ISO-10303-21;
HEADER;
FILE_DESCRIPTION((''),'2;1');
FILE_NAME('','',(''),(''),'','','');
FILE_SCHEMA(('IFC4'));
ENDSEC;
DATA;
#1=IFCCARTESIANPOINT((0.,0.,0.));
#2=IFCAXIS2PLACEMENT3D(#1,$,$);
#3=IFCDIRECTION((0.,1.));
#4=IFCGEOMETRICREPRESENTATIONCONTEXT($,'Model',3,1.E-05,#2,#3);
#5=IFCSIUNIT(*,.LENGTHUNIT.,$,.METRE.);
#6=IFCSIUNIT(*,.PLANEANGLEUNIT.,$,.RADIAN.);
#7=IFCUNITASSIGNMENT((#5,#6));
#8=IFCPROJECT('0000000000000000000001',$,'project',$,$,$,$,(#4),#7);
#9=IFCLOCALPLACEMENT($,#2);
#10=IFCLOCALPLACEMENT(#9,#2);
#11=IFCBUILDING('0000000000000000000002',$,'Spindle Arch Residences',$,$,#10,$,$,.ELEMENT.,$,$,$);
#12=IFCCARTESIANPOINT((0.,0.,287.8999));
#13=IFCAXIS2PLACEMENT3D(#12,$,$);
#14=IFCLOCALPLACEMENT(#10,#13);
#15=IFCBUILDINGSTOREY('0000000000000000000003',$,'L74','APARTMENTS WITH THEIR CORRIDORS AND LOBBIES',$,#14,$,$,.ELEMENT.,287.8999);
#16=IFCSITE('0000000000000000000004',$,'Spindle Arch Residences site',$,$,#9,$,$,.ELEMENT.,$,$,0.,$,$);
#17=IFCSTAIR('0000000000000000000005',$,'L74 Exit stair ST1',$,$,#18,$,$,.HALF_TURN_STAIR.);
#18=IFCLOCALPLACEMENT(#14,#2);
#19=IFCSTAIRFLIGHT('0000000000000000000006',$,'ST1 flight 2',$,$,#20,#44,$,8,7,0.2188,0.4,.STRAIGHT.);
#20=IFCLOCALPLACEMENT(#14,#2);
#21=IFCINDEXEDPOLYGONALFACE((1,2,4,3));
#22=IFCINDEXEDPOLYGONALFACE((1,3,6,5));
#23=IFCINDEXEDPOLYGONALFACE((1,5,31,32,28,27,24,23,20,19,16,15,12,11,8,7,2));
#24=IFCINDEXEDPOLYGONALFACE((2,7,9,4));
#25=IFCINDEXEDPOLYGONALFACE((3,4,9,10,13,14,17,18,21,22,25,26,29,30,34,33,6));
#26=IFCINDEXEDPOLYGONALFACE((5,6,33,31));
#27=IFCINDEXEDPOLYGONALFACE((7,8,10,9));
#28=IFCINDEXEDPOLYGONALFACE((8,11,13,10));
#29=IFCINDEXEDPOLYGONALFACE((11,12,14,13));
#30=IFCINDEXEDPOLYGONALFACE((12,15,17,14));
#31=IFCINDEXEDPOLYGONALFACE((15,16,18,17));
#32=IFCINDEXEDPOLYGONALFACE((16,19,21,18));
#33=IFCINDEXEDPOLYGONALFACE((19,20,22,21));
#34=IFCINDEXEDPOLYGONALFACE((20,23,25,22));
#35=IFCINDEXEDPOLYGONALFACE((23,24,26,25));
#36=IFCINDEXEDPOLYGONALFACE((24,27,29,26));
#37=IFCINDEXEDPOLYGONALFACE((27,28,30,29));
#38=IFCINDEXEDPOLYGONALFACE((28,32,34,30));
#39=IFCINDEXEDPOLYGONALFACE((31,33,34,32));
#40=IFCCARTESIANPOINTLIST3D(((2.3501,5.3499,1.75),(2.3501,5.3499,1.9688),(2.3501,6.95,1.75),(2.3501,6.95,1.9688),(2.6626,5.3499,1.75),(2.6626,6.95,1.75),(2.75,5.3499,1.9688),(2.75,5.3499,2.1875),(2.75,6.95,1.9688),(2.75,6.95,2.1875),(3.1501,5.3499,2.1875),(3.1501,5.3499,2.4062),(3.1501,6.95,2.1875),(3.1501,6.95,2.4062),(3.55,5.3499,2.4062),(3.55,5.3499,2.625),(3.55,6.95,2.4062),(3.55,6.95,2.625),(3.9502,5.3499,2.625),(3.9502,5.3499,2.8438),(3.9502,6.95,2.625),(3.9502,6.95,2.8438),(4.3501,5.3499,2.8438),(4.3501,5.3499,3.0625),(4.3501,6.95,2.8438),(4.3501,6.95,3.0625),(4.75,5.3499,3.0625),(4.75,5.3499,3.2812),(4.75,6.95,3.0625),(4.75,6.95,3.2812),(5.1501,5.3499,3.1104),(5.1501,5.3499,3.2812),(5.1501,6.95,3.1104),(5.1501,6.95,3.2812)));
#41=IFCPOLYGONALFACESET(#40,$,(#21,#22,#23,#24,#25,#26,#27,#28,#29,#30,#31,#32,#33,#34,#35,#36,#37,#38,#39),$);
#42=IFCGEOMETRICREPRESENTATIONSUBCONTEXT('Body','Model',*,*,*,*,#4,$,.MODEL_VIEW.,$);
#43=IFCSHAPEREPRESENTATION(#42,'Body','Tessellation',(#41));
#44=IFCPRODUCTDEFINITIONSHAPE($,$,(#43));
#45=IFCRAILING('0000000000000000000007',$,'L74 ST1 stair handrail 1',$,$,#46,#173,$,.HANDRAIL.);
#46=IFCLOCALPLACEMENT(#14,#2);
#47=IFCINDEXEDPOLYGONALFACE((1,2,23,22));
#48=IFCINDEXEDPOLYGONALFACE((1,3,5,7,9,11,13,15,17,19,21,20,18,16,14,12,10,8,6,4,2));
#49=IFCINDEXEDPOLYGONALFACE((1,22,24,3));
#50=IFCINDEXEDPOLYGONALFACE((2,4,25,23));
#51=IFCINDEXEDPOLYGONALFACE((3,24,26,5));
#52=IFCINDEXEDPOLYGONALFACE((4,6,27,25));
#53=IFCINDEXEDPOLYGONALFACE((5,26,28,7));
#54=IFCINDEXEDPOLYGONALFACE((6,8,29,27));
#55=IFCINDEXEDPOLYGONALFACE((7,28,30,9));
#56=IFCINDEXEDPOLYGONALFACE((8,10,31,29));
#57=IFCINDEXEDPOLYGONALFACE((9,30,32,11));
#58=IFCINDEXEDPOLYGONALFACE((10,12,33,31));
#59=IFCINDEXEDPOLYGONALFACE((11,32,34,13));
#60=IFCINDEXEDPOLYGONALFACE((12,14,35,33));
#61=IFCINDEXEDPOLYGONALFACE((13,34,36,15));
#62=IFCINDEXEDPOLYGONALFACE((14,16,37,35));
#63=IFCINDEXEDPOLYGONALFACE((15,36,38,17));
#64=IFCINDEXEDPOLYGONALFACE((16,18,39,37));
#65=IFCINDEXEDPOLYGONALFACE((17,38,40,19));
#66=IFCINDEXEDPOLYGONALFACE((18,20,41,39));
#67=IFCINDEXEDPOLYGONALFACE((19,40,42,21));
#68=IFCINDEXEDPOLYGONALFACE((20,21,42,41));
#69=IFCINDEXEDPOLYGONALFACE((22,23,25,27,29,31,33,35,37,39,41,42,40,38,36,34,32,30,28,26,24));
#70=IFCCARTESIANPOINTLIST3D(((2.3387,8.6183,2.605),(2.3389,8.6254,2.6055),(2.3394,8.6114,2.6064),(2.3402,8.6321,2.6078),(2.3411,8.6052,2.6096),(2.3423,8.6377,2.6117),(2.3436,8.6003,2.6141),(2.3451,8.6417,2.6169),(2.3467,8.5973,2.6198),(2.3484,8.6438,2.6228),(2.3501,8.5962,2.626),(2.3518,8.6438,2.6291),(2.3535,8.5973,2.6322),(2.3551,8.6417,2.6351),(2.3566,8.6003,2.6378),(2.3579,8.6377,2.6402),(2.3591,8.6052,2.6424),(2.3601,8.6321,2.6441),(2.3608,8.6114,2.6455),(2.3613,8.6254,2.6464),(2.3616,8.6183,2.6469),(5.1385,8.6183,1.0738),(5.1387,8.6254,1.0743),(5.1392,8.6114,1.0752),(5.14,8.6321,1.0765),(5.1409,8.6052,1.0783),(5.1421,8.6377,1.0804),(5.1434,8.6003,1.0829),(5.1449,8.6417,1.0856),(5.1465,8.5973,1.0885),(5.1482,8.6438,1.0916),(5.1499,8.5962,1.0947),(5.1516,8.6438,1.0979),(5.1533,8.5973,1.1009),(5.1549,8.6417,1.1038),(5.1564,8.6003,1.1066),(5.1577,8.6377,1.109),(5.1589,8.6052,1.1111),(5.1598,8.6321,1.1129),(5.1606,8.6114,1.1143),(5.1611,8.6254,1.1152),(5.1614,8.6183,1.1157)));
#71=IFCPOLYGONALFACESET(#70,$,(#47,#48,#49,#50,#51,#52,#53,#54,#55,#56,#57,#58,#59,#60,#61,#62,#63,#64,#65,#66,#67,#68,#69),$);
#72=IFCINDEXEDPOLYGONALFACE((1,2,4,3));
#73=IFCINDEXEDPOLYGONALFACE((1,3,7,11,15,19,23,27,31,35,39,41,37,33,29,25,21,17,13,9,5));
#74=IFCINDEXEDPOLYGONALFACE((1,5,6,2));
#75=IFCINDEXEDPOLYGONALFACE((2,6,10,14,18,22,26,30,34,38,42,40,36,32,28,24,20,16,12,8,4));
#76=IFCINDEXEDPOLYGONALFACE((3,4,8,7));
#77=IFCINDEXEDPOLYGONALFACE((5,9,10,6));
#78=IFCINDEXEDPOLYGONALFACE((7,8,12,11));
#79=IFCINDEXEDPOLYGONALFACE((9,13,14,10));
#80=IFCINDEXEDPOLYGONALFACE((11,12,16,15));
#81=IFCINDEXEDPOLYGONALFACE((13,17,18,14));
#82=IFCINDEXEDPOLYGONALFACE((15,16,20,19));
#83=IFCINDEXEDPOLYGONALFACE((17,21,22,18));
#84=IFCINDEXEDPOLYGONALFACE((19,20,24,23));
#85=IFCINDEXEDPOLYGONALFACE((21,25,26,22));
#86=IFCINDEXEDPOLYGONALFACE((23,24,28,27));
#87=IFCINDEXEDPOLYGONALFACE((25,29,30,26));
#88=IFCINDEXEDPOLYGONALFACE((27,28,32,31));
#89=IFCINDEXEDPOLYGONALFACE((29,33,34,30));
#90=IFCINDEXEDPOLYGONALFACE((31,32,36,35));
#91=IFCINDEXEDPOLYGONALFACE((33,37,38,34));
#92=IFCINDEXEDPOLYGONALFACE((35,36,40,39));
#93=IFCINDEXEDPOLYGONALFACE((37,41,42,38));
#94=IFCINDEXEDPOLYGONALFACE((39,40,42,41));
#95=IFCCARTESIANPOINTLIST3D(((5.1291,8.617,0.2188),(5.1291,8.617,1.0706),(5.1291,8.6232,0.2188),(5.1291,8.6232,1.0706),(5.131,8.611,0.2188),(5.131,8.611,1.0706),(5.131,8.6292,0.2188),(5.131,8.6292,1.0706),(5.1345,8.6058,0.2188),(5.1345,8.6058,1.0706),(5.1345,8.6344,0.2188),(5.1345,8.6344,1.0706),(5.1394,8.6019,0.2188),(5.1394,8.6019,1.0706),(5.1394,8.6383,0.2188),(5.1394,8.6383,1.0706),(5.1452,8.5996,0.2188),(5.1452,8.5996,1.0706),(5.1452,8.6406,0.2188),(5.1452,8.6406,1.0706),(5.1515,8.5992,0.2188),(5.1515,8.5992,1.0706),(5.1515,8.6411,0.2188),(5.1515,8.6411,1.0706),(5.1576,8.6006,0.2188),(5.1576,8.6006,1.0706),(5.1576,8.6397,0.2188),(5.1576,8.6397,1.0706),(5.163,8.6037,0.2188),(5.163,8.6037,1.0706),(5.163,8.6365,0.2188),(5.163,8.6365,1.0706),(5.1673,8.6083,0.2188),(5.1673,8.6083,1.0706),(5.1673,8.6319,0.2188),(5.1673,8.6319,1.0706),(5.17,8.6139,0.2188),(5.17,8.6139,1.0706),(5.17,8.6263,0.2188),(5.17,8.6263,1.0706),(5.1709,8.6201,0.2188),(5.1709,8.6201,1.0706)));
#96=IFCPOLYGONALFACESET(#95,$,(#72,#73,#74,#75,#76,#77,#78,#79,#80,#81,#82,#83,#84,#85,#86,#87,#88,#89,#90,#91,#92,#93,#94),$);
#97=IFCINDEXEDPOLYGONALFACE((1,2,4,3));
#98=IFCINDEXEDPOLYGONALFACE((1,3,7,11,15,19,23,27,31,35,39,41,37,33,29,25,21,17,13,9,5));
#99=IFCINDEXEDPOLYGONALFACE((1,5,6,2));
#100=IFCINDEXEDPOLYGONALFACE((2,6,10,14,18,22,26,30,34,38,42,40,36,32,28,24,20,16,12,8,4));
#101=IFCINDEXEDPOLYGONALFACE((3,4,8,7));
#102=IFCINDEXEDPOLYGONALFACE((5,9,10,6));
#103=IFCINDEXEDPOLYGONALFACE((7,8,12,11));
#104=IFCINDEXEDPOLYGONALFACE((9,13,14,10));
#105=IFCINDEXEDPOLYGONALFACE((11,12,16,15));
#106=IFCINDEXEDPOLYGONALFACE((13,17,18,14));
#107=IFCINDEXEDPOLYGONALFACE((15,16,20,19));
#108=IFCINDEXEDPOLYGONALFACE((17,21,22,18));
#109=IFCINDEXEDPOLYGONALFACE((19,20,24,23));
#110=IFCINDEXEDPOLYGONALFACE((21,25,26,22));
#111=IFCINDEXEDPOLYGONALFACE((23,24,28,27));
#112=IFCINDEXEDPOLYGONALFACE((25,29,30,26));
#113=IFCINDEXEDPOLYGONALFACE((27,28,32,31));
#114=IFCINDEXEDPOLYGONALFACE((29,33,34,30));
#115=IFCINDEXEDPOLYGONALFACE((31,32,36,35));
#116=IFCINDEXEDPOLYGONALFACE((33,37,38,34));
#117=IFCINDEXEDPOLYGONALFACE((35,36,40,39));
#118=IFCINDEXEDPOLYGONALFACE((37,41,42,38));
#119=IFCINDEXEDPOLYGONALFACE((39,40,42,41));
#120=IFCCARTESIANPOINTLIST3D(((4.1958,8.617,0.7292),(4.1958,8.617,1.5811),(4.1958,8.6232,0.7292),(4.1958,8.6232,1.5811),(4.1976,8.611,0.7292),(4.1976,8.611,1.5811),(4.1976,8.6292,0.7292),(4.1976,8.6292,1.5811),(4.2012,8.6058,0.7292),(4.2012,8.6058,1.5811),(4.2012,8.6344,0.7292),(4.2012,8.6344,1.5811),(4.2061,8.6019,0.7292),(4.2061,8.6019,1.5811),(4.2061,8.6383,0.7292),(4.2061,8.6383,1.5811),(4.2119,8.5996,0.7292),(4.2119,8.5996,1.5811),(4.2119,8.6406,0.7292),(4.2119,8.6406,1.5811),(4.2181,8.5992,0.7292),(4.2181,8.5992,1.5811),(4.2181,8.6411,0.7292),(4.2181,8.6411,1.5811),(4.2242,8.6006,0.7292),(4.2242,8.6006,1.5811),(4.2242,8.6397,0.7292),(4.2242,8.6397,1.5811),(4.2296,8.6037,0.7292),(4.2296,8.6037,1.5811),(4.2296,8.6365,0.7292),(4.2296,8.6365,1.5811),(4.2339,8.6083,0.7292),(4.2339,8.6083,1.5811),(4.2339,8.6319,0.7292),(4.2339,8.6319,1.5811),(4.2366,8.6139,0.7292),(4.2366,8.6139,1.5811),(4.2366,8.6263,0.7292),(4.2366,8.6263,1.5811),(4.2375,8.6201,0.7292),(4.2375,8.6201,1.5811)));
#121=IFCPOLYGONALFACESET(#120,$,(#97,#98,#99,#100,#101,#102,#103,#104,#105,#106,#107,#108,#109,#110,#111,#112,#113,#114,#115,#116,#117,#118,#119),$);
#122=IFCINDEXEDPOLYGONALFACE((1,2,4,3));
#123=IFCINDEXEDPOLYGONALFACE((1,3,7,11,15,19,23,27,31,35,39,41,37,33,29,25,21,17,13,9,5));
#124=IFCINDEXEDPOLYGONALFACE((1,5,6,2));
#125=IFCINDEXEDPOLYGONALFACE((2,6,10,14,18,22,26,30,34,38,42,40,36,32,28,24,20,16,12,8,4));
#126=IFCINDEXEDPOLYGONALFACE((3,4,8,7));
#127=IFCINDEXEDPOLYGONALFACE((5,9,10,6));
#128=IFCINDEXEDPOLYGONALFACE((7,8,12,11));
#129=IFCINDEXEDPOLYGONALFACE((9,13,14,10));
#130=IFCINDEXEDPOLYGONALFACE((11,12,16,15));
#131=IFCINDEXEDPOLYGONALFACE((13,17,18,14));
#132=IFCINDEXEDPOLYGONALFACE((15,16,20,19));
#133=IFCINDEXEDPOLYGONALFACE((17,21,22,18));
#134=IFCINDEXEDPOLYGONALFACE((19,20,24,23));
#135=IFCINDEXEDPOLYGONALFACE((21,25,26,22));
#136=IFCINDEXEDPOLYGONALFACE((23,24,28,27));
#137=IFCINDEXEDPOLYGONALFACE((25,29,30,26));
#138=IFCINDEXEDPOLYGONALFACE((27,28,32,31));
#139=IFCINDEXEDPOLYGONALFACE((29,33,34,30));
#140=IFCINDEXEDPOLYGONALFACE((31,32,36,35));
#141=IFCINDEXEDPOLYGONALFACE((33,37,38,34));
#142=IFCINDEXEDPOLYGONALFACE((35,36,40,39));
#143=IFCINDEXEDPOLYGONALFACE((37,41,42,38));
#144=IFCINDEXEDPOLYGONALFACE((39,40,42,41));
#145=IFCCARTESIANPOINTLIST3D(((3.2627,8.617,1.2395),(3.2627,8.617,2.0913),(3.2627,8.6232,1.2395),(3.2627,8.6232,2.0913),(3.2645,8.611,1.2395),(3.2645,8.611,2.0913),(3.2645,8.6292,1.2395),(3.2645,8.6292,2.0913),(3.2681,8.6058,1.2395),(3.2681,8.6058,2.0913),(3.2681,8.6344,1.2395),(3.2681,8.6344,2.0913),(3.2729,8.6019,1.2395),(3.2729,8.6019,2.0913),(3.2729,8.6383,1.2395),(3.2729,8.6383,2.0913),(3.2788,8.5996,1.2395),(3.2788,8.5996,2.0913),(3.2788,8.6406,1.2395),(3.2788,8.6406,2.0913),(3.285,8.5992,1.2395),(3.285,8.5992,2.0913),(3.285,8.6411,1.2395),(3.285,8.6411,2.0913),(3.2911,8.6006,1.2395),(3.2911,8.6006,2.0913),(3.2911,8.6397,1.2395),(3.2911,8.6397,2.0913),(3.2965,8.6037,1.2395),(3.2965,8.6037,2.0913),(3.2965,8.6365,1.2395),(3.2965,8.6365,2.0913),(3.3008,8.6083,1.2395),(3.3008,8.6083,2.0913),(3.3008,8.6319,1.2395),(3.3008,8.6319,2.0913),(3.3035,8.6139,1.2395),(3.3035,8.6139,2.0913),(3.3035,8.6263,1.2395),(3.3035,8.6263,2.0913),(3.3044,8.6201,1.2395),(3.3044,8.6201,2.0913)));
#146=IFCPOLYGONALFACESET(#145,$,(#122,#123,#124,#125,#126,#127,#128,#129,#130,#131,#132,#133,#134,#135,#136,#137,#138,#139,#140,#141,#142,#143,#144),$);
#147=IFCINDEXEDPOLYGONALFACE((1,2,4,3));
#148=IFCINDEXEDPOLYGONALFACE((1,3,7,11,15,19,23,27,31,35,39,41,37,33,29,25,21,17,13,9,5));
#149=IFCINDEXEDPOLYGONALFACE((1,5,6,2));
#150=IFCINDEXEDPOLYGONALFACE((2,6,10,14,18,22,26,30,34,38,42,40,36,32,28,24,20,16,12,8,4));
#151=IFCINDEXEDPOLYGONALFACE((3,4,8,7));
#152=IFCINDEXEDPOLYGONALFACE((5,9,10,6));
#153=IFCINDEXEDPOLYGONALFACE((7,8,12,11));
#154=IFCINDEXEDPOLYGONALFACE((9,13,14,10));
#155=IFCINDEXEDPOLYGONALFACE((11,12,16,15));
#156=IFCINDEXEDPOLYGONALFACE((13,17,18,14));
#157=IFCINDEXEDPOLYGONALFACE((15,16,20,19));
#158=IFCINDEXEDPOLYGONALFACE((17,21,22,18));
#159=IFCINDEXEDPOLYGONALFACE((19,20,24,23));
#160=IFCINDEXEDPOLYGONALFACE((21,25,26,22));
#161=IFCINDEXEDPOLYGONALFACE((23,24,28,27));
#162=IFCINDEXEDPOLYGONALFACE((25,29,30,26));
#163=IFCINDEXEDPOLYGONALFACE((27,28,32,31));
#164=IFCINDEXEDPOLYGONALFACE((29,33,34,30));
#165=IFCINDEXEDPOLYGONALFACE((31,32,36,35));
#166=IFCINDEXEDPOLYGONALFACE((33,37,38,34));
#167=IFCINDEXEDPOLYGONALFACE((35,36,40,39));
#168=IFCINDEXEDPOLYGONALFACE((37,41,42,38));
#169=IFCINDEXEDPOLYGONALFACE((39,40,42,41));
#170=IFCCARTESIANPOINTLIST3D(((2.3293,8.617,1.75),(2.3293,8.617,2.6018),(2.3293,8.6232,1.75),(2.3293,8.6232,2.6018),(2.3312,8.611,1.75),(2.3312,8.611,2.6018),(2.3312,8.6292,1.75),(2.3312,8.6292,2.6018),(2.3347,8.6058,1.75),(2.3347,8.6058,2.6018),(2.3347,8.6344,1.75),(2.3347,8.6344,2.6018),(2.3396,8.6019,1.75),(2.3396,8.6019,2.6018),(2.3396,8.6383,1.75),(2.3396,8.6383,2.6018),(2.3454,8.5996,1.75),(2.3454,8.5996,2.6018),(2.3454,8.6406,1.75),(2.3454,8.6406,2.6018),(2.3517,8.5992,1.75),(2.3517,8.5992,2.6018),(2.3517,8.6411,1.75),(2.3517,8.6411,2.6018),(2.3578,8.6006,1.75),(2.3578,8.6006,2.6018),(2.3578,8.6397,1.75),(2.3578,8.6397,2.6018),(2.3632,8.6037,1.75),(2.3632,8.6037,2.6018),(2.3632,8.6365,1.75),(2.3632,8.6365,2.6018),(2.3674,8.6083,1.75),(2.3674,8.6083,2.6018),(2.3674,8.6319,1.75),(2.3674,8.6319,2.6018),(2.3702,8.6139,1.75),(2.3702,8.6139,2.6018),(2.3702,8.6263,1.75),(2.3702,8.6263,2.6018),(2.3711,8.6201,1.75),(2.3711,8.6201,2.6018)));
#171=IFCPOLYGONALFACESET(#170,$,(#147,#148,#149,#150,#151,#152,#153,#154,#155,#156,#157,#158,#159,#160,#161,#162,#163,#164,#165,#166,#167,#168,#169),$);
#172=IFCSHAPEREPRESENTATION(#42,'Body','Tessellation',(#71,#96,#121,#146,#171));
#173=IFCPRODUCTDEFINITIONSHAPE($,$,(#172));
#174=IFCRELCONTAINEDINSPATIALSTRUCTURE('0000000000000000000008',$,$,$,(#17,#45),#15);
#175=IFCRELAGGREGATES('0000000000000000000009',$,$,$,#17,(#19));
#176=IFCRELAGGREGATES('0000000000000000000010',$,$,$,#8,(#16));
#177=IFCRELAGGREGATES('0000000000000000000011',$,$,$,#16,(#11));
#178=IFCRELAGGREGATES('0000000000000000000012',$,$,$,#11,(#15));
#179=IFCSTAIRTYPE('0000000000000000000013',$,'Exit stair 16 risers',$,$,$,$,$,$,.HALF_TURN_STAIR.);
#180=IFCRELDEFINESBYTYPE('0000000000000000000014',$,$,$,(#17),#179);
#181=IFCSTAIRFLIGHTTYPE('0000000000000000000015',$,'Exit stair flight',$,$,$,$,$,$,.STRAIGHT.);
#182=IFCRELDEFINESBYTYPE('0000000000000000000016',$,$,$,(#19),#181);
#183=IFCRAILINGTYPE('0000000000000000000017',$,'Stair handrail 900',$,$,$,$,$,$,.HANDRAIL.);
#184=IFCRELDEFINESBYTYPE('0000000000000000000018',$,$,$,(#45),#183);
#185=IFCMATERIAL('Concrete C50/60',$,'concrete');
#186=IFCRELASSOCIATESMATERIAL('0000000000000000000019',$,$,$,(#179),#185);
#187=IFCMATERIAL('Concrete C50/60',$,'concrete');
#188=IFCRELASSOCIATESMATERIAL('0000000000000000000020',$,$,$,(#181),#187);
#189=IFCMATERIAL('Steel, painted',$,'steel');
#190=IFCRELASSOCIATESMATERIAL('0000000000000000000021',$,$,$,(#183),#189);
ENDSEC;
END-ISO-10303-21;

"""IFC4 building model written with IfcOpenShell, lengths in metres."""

from ifc_helpers import new_model, si_unit, direction, frame, origin, origin_2d, place, context, subcontext, project, spatial, polyline, circle, outline, extrude, material, type_object, element, aggregate, save


model = new_model("IFC4")

# Units and contexts
model_context = context("Model", 3, precision=1e-05, world=origin(), true_north=direction((0.0, 1.0)))
body_context = subcontext(model_context, "Body", "Model", "MODEL_VIEW")
ifc_project = project(units=[si_unit("LENGTHUNIT", "METRE"), si_unit("PLANEANGLEUNIT", "RADIAN")], contexts=[model_context])

# Site, building, storey
site_placement = place(None, origin())
site = spatial("IfcSite", under=ifc_project, at=site_placement, Name="Spindle Arch Residences site", CompositionType="ELEMENT", RefElevation=0.0)
building_placement = place(site_placement, origin())
building = spatial("IfcBuilding", under=site, at=building_placement, Name="Spindle Arch Residences", CompositionType="ELEMENT")
storey_placement = place(building_placement, frame((0.0, 0.0, 287.8999)))
storey = spatial("IfcBuildingStorey", under=building, at=storey_placement, Name="L74", Description="APARTMENTS WITH THEIR CORRIDORS AND LOBBIES", CompositionType="ELEMENT", Elevation=287.8999)

# Stair, stair flight
ifc_material_1 = material(Name="Concrete C50/60", Category="concrete")
stair_type = type_object("IfcStairType", Name="Exit stair 16 risers", PredefinedType="HALF_TURN_STAIR", material=ifc_material_1)
stair_placement = place(storey_placement, origin())
stair = element("IfcStair", 1, at=stair_placement, inside=storey, type_object=stair_type, Name="L74 Exit stair ST1", PredefinedType="HALF_TURN_STAIR")
ifc_material_2 = material(Name="Concrete C50/60", Category="concrete")
stair_flight_type = type_object("IfcStairFlightType", Name="Exit stair flight", PredefinedType="STRAIGHT", material=ifc_material_2)
stair_flight_1_placement = place(storey_placement, frame((2.3501, 6.1499, 1.75), z_axis=(0.0, 0.0, 1.0), x_axis=(1.0, 0.0, 0.0)))
stair_flight_1 = element("IfcStairFlight", 2, at=stair_flight_1_placement, type_object=stair_flight_type, Name="ST1 flight 2", NumberOfRisers=8, NumberOfTreads=7, PredefinedType="STRAIGHT", RiserHeight=0.2188, TreadLength=0.4, context=body_context, shape_type="SweptSolid", body=[
    extrude(outline(polyline([(0.0, 0.0), (0.0, 0.2188), (0.3999, 0.2188), (0.3999, 0.4375), (0.8, 0.4375), (0.8, 0.6562), (1.2, 0.6562), (1.2, 0.875), (1.6001, 0.875), (1.6001, 1.0938), (2.0, 1.0938), (2.0, 1.3125), (2.3999, 1.3125), (2.3999, 1.5312), (2.8, 1.5312), (2.8, 1.75), (2.8, 1.3604), (0.3125, 0.0), (0.0, 0.0)])), frame((0.0, 0.8, 0.0), z_axis=(0.0, -1.0, 0.0), x_axis=(1.0, 0.0, 0.0)), (0.0, 0.0, 1.0), 1.6001),
])
aggregate(stair, [stair_flight_1])

# Railing
ifc_material_3 = material(Name="Steel, painted", Category="steel")
railing_type_1 = type_object("IfcRailingType", Name="Stair handrail 900", PredefinedType="HANDRAIL", material=ifc_material_3)
railing_1_placement = place(storey_placement, frame((5.1499, 8.6201, 0.2188)))
element("IfcRailing", 3, at=railing_1_placement, inside=storey, type_object=railing_type_1, Name="L74 ST1 stair handrail 1", PredefinedType="HANDRAIL", context=body_context, shape_type="SweptSolid", body=[
    extrude(circle(Radius=0.0239, at=origin_2d()), frame((0.0, 0.0, 0.876), z_axis=(-0.877357, 0.0, 0.479838), x_axis=(0.0, -1.0, 0.0)), (0.0, 0.0, 1.0), 3.1912),
    extrude(circle(Radius=0.021, at=origin_2d()), origin(), (0.0, 0.0, 1.0), 0.8518),
    extrude(circle(Radius=0.021, at=origin_2d()), frame((-0.9333, 0.0, 0.5105)), (0.0, 0.0, 1.0), 0.8518),
    extrude(circle(Radius=0.021, at=origin_2d()), frame((-1.8665, 0.0, 1.0208)), (0.0, 0.0, 1.0), 0.8518),
    extrude(circle(Radius=0.021, at=origin_2d()), frame((-2.7998, 0.0, 1.5312)), (0.0, 0.0, 1.0), 0.8518),
])

save(model, "model.ifc")
